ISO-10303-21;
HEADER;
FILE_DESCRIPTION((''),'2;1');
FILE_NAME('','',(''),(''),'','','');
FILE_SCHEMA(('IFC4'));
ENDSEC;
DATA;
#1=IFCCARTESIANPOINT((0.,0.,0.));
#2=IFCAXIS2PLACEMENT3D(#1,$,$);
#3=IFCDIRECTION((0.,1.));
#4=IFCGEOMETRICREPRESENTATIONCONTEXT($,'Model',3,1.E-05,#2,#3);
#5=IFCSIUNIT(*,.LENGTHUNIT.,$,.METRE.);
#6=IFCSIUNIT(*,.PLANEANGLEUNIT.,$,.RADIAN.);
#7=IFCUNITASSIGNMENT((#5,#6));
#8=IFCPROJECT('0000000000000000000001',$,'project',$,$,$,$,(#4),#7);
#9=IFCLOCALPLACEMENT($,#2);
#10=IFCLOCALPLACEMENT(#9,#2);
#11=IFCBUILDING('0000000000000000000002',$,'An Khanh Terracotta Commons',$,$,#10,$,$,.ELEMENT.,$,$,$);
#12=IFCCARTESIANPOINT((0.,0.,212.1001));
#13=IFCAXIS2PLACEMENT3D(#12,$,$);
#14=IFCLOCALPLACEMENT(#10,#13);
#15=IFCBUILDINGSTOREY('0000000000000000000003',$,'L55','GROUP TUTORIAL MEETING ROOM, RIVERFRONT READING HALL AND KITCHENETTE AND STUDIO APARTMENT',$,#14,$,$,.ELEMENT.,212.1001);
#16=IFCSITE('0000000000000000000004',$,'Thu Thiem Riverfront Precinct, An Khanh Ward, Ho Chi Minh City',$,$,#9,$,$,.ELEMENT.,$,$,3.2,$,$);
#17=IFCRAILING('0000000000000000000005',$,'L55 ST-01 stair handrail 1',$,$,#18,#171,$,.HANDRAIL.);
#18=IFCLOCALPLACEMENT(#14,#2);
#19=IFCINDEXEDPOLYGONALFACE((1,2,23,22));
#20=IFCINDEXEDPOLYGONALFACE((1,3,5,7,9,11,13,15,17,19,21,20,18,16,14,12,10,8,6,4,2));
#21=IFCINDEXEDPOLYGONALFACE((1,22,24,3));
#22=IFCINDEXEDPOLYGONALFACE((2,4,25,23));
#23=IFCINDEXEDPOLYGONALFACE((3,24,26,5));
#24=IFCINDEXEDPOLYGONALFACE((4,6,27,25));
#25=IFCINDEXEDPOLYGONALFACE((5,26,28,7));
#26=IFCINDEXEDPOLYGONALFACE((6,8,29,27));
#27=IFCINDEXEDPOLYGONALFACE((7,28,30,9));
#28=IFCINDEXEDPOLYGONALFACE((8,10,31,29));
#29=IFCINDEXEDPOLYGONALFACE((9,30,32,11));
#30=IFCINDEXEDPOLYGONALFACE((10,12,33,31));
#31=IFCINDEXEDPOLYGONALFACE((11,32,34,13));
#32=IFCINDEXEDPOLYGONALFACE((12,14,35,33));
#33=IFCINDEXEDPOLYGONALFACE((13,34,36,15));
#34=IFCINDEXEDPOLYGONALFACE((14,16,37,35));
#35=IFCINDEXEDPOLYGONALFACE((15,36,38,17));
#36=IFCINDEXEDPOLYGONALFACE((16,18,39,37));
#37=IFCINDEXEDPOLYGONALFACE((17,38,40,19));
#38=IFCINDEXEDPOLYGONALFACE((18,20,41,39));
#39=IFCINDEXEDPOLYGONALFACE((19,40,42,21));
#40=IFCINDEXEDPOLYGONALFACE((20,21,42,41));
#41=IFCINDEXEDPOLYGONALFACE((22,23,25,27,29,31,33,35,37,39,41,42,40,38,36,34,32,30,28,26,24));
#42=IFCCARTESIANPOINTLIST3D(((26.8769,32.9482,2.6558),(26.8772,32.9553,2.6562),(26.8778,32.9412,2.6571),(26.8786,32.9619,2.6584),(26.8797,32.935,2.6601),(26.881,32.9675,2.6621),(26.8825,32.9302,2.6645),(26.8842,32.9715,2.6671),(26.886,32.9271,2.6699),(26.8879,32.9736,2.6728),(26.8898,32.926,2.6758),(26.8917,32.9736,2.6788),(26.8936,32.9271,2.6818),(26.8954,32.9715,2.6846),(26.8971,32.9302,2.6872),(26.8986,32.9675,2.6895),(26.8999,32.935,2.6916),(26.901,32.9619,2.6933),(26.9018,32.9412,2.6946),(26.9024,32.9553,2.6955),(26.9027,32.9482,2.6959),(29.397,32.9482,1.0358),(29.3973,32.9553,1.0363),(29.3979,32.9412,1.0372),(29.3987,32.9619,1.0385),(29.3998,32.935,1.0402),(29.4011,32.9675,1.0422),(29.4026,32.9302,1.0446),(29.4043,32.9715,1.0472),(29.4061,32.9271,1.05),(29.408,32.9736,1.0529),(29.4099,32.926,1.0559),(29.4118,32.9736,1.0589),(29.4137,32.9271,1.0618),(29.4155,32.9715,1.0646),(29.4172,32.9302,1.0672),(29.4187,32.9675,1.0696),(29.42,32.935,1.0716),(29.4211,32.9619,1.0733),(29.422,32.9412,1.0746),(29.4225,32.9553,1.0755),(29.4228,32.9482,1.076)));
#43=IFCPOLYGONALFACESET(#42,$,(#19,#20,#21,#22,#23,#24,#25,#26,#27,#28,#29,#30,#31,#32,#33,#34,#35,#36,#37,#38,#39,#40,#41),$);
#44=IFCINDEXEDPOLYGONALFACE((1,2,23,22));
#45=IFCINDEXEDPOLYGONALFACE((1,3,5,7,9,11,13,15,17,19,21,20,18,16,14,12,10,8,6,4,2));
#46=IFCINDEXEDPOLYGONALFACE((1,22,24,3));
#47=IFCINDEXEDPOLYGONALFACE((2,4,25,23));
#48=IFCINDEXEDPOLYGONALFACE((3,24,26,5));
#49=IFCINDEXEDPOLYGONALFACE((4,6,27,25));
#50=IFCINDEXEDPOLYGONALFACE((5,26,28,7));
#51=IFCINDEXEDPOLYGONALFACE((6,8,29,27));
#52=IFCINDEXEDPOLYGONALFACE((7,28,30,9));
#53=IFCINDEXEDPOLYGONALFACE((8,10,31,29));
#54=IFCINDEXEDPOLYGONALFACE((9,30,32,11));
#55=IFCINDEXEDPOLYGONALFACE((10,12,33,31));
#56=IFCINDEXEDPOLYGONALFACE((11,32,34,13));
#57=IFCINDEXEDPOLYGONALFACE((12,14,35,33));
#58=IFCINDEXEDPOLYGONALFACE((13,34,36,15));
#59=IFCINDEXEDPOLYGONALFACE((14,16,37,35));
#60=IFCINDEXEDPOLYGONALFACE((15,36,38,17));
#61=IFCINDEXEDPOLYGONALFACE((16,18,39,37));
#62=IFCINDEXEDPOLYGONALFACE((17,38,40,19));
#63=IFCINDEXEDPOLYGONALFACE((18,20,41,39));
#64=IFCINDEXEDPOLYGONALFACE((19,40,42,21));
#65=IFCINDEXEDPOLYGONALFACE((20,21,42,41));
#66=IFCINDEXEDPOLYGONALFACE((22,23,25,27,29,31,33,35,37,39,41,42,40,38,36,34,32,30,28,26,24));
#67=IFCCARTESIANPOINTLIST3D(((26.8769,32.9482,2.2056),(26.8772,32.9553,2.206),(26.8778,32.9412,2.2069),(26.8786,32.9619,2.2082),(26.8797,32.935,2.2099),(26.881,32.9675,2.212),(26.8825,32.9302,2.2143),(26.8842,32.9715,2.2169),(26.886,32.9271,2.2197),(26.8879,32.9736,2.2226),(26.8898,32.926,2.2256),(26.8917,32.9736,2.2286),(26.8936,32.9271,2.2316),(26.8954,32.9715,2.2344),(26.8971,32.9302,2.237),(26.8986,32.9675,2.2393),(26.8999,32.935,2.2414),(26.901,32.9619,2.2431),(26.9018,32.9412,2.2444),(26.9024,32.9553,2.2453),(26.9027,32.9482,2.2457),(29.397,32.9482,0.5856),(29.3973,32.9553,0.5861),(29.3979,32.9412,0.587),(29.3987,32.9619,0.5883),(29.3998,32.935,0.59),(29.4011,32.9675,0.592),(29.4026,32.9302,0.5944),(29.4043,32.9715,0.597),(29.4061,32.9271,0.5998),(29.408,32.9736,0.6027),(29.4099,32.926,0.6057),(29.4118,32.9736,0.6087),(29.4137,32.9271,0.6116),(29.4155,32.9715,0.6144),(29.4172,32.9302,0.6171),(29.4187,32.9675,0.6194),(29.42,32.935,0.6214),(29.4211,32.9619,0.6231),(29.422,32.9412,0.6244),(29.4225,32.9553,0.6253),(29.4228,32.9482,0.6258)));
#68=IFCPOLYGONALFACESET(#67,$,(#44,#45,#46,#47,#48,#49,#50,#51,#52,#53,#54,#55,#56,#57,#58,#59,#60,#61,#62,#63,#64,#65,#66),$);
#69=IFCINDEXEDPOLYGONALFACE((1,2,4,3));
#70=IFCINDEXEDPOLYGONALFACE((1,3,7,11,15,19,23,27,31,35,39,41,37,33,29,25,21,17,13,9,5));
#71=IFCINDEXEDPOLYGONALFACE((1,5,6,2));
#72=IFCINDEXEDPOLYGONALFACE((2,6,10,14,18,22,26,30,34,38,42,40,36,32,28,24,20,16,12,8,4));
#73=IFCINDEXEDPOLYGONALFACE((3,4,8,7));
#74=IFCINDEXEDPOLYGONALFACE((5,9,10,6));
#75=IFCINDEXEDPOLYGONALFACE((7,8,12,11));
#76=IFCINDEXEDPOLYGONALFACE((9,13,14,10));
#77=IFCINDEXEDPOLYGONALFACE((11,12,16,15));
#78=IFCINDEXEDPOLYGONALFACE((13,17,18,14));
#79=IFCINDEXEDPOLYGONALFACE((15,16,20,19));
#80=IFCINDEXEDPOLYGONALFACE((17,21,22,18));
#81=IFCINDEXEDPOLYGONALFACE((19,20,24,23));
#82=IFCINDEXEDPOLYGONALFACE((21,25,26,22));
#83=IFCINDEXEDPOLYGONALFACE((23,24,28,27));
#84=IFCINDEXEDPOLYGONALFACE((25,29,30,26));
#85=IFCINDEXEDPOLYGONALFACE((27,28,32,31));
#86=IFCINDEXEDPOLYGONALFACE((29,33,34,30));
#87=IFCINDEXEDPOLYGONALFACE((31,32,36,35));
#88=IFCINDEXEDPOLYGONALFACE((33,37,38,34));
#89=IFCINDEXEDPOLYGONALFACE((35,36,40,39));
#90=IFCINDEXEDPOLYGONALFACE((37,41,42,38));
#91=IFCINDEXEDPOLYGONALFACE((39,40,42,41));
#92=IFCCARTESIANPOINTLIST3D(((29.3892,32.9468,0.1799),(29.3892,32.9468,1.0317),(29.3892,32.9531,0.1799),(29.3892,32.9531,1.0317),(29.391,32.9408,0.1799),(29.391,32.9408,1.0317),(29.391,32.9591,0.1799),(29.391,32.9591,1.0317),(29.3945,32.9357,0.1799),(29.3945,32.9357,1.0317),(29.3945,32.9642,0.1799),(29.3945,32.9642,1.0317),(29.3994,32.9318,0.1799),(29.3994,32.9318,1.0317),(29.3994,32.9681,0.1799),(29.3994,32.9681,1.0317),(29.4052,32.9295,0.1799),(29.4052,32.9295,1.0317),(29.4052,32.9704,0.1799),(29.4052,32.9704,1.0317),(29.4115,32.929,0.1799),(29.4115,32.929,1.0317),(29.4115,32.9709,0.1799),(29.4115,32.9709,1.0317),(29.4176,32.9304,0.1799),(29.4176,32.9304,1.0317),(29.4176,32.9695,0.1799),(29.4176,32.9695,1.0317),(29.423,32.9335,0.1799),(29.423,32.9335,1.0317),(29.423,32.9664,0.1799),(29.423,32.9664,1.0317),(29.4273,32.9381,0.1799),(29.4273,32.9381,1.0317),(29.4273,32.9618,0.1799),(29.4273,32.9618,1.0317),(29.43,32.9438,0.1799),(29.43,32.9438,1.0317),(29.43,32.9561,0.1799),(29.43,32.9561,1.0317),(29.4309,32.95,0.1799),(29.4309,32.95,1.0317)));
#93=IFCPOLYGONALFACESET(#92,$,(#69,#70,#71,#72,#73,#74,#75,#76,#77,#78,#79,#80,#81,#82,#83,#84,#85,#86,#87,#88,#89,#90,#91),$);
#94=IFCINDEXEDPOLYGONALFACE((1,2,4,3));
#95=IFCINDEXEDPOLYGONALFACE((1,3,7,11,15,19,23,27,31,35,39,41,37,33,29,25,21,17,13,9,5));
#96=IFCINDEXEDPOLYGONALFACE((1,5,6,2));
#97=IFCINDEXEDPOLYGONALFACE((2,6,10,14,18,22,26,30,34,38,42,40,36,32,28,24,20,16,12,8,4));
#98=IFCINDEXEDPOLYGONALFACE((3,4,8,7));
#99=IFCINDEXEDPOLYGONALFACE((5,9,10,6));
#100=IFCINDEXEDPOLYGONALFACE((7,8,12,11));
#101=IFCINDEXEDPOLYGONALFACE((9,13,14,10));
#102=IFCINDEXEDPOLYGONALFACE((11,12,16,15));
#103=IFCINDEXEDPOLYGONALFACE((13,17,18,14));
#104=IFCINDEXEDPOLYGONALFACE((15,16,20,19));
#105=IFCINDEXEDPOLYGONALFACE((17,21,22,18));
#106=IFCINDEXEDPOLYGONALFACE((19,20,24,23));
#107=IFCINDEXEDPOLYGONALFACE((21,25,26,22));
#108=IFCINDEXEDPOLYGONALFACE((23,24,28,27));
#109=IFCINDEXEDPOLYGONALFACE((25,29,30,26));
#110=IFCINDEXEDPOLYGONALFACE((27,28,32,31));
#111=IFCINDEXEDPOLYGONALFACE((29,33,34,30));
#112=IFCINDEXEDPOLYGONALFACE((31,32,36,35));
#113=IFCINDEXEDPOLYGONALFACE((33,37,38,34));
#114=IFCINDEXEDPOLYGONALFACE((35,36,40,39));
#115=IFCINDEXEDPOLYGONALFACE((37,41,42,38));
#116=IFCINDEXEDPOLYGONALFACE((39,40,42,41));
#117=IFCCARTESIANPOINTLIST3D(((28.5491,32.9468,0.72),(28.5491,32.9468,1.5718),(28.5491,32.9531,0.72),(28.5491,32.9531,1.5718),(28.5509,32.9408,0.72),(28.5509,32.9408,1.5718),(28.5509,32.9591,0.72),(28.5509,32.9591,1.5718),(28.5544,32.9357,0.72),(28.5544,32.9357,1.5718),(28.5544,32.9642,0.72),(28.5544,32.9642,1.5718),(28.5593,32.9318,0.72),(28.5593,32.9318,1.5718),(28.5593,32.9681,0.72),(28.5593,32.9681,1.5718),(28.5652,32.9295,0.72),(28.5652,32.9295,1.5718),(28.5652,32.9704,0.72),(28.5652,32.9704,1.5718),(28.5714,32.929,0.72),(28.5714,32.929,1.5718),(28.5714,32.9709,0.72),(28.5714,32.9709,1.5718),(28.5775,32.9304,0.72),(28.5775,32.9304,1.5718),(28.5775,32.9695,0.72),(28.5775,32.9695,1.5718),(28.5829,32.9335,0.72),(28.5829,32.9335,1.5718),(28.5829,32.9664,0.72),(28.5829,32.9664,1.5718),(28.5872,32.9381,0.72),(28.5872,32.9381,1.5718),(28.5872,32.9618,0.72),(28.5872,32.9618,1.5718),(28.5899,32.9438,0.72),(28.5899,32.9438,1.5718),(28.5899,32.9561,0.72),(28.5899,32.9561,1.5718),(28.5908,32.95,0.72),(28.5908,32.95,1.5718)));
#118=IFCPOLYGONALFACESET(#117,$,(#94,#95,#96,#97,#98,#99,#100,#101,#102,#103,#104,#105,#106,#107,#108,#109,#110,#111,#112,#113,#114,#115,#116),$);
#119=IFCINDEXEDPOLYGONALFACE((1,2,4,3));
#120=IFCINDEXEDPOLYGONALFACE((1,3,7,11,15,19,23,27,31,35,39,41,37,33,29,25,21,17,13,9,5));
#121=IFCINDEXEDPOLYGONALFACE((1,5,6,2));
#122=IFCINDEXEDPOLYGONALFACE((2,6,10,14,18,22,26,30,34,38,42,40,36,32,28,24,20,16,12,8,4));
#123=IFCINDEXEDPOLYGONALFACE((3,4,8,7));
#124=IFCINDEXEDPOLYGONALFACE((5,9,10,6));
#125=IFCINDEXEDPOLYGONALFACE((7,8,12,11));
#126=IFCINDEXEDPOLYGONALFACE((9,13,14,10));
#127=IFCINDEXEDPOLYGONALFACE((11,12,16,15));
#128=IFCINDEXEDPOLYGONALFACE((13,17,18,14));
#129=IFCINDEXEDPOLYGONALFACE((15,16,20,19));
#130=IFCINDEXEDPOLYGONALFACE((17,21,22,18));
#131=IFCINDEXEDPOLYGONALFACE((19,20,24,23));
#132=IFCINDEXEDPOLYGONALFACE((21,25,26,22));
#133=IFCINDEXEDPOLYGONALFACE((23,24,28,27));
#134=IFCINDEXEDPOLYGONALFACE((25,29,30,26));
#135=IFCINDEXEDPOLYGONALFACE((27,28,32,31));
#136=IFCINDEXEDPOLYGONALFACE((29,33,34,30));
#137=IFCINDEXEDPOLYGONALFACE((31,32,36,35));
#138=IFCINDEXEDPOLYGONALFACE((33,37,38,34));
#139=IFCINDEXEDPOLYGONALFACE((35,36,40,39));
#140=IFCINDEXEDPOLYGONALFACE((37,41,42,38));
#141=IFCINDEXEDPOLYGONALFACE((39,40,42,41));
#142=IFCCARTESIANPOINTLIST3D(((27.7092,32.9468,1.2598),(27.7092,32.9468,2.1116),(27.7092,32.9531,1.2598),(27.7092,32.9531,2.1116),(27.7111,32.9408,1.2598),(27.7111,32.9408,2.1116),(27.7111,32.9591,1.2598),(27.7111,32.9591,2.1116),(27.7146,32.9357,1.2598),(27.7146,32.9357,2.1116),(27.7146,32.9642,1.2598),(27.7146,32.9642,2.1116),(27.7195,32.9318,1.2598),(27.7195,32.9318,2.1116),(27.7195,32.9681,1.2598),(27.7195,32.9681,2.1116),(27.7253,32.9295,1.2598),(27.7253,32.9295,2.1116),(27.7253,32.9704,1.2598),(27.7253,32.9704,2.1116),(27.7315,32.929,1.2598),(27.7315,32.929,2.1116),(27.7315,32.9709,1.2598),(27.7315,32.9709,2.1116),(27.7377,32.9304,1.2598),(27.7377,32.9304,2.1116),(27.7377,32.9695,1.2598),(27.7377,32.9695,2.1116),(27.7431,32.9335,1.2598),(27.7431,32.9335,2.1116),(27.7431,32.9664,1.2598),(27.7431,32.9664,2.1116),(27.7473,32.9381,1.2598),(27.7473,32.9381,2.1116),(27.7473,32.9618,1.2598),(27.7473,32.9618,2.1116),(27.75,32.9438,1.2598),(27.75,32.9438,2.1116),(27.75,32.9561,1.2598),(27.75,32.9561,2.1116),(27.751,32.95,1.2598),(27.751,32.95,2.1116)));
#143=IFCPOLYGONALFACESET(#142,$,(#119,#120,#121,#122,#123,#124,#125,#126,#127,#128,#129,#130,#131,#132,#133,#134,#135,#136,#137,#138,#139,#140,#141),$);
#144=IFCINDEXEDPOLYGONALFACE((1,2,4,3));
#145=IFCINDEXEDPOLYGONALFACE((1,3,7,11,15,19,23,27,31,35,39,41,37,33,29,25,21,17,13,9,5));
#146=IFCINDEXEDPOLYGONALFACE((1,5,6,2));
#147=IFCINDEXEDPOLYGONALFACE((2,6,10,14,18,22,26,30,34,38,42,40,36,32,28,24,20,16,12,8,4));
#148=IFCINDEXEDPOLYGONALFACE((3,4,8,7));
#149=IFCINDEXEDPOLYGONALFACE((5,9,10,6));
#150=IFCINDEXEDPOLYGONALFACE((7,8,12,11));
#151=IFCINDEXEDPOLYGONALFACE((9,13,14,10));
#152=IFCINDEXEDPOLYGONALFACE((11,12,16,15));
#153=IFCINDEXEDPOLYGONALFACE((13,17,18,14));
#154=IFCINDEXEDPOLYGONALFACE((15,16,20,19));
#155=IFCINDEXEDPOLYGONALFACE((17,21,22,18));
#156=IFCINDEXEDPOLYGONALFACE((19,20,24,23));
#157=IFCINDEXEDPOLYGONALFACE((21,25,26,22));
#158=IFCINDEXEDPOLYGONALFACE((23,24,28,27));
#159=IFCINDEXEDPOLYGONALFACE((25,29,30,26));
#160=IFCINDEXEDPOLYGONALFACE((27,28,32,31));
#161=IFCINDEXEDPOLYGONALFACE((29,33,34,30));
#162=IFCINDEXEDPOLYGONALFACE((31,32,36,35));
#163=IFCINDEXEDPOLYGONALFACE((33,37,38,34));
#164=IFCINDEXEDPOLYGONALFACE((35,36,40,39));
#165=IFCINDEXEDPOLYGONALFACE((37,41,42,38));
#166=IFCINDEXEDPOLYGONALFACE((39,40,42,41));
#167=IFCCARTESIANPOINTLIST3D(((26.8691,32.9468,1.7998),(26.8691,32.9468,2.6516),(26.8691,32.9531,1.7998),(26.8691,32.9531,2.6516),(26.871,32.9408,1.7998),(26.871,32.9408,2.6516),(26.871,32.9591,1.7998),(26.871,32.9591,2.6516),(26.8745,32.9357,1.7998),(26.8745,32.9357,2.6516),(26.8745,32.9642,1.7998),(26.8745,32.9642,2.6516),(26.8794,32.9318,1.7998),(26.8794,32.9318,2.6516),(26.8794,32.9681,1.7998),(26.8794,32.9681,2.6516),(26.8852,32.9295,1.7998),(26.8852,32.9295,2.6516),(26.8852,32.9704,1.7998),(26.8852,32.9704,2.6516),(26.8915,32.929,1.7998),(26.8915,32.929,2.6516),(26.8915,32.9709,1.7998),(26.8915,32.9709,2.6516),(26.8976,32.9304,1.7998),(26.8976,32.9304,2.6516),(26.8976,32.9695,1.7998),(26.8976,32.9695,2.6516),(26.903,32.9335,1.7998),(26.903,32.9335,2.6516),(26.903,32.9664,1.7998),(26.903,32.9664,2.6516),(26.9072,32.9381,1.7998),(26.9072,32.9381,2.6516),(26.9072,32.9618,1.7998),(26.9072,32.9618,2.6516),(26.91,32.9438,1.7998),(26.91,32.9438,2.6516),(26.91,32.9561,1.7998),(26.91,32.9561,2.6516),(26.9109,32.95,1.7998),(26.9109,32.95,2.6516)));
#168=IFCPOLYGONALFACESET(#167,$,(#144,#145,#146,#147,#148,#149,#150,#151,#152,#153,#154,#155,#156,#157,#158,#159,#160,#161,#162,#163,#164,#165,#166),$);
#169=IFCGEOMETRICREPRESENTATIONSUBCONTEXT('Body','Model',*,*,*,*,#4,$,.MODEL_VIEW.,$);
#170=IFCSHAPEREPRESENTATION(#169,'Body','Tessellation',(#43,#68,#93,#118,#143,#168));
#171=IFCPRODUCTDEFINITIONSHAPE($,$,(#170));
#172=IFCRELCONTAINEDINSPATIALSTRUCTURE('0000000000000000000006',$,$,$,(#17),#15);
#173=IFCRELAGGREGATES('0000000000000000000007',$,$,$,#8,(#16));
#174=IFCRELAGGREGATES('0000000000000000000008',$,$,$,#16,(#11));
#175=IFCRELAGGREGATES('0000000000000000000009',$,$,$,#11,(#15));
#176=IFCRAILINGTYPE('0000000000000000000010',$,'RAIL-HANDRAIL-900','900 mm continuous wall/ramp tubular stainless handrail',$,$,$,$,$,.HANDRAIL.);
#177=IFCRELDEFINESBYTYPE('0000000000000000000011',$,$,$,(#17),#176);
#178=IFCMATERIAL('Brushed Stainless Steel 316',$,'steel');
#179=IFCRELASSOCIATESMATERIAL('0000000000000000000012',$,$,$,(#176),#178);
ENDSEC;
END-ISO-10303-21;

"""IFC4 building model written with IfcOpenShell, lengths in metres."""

from ifc_helpers import new_model, si_unit, direction, frame, origin, origin_2d, place, context, subcontext, project, spatial, circle, extrude, material, type_object, element, save


model = new_model("IFC4")

# Units and contexts
model_context = context("Model", 3, precision=1e-05, world=origin(), true_north=direction((0.0, 1.0)))
body_context = subcontext(model_context, "Body", "Model", "MODEL_VIEW")
ifc_project = project(units=[si_unit("LENGTHUNIT", "METRE"), si_unit("PLANEANGLEUNIT", "RADIAN")], contexts=[model_context])

# Site, building, storey
site_placement = place(None, origin())
site = spatial("IfcSite", under=ifc_project, at=site_placement, Name="Thu Thiem Riverfront Precinct, An Khanh Ward, Ho Chi Minh City", CompositionType="ELEMENT", RefElevation=3.2)
building_placement = place(site_placement, origin())
building = spatial("IfcBuilding", under=site, at=building_placement, Name="An Khanh Terracotta Commons", CompositionType="ELEMENT")
storey_placement = place(building_placement, frame((0.0, 0.0, 212.1001)))
storey = spatial("IfcBuildingStorey", under=building, at=storey_placement, Name="L55", Description="GROUP TUTORIAL MEETING ROOM, RIVERFRONT READING HALL AND KITCHENETTE AND STUDIO APARTMENT", CompositionType="ELEMENT", Elevation=212.1001)

# Railing
ifc_material_1 = material(Name="Brushed Stainless Steel 316", Category="steel")
railing_type_1 = type_object("IfcRailingType", Name="RAIL-HANDRAIL-900", Description="900 mm continuous wall/ramp tubular stainless handrail", PredefinedType="HANDRAIL", material=ifc_material_1)
railing_1_placement = place(storey_placement, frame((29.4099, 32.95, 0.1799)))
element("IfcRailing", 1, at=railing_1_placement, inside=storey, type_object=railing_type_1, Name="L55 ST-01 stair handrail 1", PredefinedType="HANDRAIL", context=body_context, shape_type="SweptSolid", body=[
    extrude(circle(Radius=0.0239, at=origin_2d()), frame((0.0, 0.0, 0.876), z_axis=(-0.8412, 0.0, 0.540725), x_axis=(0.0, -1.0, 0.0)), (0.0, 0.0, 1.0), 2.9958),
    extrude(circle(Radius=0.0239, at=origin_2d()), frame((0.0, 0.0, 0.4258), z_axis=(-0.8412, 0.0, 0.540725), x_axis=(0.0, -1.0, 0.0)), (0.0, 0.0, 1.0), 2.9958),
    extrude(circle(Radius=0.021, at=origin_2d()), origin(), (0.0, 0.0, 1.0), 0.8518),
    extrude(circle(Radius=0.021, at=origin_2d()), frame((-0.8401, 0.0, 0.54)), (0.0, 0.0, 1.0), 0.8518),
    extrude(circle(Radius=0.021, at=origin_2d()), frame((-1.6799, 0.0, 1.0798)), (0.0, 0.0, 1.0), 0.8518),
    extrude(circle(Radius=0.021, at=origin_2d()), frame((-2.52, 0.0, 1.6199)), (0.0, 0.0, 1.0), 0.8518),
])

save(model, "model.ifc")
